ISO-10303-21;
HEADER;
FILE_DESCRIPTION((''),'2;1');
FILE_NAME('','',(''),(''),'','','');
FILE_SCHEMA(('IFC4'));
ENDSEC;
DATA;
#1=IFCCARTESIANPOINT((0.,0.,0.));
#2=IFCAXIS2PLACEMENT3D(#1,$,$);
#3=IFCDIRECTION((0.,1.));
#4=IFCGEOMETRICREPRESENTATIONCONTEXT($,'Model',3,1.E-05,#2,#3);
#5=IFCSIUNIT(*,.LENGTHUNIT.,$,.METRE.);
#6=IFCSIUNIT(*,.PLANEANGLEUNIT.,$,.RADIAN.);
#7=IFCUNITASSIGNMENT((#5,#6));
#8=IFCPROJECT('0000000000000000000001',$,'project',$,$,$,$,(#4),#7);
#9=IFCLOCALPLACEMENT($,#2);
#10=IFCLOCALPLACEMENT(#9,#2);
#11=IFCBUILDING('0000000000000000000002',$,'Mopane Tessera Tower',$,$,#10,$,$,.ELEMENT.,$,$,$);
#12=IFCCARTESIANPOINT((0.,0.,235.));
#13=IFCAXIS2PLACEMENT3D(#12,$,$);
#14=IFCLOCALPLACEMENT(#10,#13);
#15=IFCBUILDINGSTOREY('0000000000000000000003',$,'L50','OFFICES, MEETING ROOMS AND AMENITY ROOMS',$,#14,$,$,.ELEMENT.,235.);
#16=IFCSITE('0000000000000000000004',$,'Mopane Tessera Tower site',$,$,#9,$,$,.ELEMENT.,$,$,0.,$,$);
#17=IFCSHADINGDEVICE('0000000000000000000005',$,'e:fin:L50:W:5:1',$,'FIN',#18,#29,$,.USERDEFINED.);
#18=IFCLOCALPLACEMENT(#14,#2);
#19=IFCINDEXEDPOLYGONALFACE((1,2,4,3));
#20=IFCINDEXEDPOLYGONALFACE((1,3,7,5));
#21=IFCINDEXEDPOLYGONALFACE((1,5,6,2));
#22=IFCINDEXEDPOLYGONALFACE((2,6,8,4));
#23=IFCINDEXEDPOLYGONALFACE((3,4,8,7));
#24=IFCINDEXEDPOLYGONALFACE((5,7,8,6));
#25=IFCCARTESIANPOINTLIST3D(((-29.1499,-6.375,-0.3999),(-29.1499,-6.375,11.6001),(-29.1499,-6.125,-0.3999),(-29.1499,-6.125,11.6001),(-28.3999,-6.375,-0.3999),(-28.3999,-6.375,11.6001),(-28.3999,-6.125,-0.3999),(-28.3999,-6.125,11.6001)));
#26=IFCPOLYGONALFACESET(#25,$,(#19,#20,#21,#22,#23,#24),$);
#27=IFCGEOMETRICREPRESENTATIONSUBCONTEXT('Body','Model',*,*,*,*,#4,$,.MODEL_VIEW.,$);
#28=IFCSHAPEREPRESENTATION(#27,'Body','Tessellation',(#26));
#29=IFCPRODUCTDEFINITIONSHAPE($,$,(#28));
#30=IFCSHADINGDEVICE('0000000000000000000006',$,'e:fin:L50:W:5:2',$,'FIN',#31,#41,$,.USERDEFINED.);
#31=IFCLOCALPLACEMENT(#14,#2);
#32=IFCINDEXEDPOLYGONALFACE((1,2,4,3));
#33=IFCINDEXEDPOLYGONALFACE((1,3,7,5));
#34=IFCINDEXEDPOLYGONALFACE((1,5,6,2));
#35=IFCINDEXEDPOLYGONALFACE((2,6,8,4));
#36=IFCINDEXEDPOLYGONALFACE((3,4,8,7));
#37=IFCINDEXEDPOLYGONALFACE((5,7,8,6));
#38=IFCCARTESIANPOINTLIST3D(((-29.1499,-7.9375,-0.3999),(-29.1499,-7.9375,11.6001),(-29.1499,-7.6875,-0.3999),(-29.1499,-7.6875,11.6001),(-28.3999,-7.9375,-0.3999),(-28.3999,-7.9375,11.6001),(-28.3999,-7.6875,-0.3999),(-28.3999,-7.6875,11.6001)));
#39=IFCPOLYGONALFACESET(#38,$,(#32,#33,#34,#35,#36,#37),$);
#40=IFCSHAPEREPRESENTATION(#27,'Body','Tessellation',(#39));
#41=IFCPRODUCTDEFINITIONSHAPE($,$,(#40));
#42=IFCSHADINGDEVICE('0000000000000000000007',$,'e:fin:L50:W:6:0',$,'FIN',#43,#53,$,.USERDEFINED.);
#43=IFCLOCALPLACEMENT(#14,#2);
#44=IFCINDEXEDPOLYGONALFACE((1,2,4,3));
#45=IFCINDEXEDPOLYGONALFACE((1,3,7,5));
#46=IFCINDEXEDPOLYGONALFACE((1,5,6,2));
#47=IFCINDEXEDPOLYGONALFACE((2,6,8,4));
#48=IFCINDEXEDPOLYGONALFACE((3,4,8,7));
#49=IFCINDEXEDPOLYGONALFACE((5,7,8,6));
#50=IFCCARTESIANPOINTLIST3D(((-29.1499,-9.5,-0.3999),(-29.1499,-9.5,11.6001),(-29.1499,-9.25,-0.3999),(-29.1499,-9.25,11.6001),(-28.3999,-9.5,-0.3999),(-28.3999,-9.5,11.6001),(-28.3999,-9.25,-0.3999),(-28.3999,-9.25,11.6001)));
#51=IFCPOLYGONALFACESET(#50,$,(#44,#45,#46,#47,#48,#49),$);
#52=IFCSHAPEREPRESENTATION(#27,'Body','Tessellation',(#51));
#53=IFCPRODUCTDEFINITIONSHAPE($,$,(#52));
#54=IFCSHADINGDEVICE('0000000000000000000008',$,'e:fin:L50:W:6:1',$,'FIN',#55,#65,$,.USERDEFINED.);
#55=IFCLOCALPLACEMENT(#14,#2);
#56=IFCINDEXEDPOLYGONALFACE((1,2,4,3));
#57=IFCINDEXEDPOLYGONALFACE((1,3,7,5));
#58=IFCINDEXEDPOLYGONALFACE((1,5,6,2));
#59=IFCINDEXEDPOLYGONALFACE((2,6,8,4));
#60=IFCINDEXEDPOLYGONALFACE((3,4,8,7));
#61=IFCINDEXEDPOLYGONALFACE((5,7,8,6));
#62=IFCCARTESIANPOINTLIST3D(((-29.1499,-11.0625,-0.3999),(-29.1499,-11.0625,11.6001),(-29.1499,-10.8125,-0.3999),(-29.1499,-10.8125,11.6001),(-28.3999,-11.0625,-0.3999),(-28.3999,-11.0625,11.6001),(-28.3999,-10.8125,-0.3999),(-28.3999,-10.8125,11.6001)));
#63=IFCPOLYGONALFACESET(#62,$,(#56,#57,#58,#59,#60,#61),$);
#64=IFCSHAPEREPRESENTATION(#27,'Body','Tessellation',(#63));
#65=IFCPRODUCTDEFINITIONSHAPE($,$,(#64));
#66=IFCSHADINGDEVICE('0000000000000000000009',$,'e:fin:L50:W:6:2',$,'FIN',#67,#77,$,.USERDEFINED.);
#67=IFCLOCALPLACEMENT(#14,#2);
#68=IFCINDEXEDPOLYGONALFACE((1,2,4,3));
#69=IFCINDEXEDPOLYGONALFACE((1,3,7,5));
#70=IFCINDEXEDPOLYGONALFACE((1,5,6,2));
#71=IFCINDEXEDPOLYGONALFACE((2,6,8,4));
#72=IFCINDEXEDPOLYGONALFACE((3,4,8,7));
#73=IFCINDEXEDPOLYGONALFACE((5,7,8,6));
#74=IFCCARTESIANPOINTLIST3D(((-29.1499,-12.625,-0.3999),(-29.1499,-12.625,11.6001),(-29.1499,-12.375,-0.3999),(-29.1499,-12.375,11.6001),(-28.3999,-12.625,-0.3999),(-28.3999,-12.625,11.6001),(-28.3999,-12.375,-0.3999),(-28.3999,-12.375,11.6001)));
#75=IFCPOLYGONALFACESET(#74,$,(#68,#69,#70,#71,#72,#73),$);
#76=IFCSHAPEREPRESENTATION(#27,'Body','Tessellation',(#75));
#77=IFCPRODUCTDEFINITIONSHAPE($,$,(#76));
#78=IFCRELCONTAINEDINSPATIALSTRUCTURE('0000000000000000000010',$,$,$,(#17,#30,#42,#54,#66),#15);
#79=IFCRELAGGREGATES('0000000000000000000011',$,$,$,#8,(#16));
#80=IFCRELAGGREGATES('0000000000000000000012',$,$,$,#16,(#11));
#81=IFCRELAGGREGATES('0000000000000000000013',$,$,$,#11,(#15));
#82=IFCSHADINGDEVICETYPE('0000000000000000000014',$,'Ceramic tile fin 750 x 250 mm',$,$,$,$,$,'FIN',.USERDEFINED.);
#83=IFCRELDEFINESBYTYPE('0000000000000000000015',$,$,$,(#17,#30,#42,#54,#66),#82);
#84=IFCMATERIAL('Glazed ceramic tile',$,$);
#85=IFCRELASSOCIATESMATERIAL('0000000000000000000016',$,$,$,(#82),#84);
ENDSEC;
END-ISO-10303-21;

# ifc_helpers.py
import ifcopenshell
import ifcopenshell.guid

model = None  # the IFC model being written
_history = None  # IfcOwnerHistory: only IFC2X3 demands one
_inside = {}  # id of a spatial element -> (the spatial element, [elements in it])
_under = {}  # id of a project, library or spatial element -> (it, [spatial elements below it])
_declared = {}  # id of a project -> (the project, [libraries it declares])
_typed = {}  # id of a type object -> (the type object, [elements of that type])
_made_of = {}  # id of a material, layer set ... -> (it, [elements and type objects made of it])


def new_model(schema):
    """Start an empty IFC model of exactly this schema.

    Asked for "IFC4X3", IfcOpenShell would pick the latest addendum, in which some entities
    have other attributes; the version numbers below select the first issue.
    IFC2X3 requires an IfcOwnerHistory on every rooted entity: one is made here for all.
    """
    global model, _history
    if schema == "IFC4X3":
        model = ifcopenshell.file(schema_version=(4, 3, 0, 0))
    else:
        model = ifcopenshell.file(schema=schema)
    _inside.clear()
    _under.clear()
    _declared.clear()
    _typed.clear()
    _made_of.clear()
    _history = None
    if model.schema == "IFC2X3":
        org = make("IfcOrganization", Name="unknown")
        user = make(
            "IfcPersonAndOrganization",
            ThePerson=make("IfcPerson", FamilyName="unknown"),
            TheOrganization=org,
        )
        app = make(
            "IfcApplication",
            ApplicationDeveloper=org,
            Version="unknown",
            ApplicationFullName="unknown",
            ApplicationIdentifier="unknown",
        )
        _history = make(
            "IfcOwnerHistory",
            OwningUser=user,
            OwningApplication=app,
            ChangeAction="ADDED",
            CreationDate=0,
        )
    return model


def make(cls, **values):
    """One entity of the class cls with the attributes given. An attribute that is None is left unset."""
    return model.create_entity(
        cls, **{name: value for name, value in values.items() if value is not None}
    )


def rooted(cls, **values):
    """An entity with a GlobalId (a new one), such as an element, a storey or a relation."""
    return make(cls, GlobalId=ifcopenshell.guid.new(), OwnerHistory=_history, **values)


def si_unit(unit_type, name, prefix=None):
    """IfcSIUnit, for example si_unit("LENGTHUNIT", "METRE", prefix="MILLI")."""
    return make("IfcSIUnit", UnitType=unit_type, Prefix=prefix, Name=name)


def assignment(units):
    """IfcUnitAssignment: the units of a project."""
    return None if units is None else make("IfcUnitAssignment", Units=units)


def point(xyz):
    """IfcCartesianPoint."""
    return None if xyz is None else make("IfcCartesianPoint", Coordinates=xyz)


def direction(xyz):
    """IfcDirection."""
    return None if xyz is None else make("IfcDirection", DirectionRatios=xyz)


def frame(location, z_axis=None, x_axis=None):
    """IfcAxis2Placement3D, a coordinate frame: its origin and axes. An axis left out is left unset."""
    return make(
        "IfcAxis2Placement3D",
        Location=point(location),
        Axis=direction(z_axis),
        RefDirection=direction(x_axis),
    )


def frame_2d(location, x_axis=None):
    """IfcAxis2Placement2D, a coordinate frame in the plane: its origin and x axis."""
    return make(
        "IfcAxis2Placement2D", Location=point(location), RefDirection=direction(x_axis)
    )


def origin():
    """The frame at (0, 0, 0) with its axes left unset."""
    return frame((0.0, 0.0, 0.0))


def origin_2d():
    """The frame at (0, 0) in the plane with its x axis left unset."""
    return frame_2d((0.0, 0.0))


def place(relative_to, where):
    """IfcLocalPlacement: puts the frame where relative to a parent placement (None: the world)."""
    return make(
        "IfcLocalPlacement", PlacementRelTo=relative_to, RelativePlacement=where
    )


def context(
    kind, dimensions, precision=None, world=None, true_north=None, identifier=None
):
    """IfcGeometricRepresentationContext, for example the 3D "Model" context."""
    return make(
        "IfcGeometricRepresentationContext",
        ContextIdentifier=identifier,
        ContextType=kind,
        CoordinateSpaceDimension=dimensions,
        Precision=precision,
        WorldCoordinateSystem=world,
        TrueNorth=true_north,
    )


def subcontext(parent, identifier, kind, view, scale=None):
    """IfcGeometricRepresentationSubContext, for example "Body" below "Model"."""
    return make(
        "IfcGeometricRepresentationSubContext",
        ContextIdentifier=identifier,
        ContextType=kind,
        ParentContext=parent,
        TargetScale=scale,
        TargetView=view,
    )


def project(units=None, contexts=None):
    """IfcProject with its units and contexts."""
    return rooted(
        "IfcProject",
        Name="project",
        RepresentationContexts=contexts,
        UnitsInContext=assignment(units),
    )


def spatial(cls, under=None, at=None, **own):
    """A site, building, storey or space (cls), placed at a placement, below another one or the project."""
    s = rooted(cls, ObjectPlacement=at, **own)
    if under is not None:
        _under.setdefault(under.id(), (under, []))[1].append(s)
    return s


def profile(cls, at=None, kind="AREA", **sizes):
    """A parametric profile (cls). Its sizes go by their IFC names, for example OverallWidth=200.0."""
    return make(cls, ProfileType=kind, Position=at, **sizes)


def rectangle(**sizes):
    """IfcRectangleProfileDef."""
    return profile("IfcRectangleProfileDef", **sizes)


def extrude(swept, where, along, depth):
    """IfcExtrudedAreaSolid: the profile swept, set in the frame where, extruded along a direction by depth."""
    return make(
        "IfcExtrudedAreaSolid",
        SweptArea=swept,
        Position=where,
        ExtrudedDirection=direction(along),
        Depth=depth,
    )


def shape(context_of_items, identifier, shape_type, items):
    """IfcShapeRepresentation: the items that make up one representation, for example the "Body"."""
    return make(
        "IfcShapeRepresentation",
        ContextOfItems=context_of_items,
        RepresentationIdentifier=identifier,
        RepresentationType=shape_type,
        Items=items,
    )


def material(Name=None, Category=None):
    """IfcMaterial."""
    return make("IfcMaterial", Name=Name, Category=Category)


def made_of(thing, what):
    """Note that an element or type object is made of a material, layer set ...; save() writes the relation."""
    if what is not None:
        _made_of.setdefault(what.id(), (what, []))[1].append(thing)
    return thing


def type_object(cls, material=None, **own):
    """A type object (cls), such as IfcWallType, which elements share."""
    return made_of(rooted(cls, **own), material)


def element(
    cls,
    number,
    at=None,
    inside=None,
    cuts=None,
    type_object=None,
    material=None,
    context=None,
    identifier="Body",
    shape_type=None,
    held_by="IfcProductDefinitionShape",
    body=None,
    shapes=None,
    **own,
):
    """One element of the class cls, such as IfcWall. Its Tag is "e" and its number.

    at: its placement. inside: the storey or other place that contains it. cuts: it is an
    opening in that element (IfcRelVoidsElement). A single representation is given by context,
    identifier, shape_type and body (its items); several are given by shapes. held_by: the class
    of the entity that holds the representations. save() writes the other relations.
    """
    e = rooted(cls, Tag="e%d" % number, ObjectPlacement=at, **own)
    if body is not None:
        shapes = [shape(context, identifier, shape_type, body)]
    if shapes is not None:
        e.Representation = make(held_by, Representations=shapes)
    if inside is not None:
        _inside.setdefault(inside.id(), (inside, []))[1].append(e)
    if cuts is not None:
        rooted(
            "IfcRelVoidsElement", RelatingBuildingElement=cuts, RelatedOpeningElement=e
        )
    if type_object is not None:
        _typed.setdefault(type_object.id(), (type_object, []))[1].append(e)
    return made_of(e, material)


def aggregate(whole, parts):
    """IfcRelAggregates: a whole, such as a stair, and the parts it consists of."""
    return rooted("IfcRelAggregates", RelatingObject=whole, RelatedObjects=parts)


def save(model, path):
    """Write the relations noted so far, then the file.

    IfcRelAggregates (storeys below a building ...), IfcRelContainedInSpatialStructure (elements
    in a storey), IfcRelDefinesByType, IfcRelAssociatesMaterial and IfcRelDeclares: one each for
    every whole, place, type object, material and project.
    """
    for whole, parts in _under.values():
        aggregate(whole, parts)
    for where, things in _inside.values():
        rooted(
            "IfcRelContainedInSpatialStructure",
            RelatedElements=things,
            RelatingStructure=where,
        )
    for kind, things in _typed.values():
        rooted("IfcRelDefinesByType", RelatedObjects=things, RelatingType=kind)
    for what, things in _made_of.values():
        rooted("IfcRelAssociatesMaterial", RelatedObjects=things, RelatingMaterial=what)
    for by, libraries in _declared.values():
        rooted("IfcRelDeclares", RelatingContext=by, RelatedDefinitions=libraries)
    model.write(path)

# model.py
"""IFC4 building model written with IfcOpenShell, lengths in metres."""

from ifc_helpers import new_model, si_unit, direction, frame, origin, origin_2d, place, context, subcontext, project, spatial, rectangle, extrude, material, type_object, element, save


model = new_model("IFC4")

# Units and contexts
model_context = context("Model", 3, precision=1e-05, world=origin(), true_north=direction((0.0, 1.0)))
body_context = subcontext(model_context, "Body", "Model", "MODEL_VIEW")
ifc_project = project(units=[si_unit("LENGTHUNIT", "METRE"), si_unit("PLANEANGLEUNIT", "RADIAN")], contexts=[model_context])

# Site, building, storey
site_placement = place(None, origin())
site = spatial("IfcSite", under=ifc_project, at=site_placement, Name="Mopane Tessera Tower site", CompositionType="ELEMENT", RefElevation=0.0)
building_placement = place(site_placement, origin())
building = spatial("IfcBuilding", under=site, at=building_placement, Name="Mopane Tessera Tower", CompositionType="ELEMENT")
storey_placement = place(building_placement, frame((0.0, 0.0, 235.0)))
storey = spatial("IfcBuildingStorey", under=building, at=storey_placement, Name="L50", Description="OFFICES, MEETING ROOMS AND AMENITY ROOMS", CompositionType="ELEMENT", Elevation=235.0)

# Shading devices
ifc_material_1 = material(Name="Glazed ceramic tile")
shading_device_type = type_object("IfcShadingDeviceType", Name="Ceramic tile fin 750 x 250 mm", ElementType="FIN", PredefinedType="USERDEFINED", material=ifc_material_1)
for number, where, z_axis, x_axis, name in (
    (1, (-28.7749, -6.25, -0.3999), (0.0, 0.0, 1.0), (0.0, -1.0, 0.0), "e:fin:L50:W:5:1"),
    (2, (-28.7749, -7.8125, -0.3999), (0.0, 0.0, 1.0), (0.0, -1.0, 0.0), "e:fin:L50:W:5:2"),
    (3, (-28.7749, -9.375, -0.3999), (0.0, 0.0, 1.0), (0.0, -1.0, 0.0), "e:fin:L50:W:6:0"),
    (4, (-28.7749, -10.9375, -0.3999), (0.0, 0.0, 1.0), (0.0, -1.0, 0.0), "e:fin:L50:W:6:1"),
    (5, (-28.7749, -12.5, -0.3999), (0.0, 0.0, 1.0), (0.0, -1.0, 0.0), "e:fin:L50:W:6:2"),
):
    element("IfcShadingDevice", number, at=place(storey_placement, frame(where, z_axis=z_axis, x_axis=x_axis)), inside=storey, type_object=shading_device_type, Name=name, ObjectType="FIN", PredefinedType="USERDEFINED", context=body_context, shape_type="SweptSolid", body=[
        extrude(rectangle(XDim=0.25, YDim=0.75, at=origin_2d()), origin(), (0.0, 0.0, 1.0), 12.0),
    ])

save(model, "model.ifc")
